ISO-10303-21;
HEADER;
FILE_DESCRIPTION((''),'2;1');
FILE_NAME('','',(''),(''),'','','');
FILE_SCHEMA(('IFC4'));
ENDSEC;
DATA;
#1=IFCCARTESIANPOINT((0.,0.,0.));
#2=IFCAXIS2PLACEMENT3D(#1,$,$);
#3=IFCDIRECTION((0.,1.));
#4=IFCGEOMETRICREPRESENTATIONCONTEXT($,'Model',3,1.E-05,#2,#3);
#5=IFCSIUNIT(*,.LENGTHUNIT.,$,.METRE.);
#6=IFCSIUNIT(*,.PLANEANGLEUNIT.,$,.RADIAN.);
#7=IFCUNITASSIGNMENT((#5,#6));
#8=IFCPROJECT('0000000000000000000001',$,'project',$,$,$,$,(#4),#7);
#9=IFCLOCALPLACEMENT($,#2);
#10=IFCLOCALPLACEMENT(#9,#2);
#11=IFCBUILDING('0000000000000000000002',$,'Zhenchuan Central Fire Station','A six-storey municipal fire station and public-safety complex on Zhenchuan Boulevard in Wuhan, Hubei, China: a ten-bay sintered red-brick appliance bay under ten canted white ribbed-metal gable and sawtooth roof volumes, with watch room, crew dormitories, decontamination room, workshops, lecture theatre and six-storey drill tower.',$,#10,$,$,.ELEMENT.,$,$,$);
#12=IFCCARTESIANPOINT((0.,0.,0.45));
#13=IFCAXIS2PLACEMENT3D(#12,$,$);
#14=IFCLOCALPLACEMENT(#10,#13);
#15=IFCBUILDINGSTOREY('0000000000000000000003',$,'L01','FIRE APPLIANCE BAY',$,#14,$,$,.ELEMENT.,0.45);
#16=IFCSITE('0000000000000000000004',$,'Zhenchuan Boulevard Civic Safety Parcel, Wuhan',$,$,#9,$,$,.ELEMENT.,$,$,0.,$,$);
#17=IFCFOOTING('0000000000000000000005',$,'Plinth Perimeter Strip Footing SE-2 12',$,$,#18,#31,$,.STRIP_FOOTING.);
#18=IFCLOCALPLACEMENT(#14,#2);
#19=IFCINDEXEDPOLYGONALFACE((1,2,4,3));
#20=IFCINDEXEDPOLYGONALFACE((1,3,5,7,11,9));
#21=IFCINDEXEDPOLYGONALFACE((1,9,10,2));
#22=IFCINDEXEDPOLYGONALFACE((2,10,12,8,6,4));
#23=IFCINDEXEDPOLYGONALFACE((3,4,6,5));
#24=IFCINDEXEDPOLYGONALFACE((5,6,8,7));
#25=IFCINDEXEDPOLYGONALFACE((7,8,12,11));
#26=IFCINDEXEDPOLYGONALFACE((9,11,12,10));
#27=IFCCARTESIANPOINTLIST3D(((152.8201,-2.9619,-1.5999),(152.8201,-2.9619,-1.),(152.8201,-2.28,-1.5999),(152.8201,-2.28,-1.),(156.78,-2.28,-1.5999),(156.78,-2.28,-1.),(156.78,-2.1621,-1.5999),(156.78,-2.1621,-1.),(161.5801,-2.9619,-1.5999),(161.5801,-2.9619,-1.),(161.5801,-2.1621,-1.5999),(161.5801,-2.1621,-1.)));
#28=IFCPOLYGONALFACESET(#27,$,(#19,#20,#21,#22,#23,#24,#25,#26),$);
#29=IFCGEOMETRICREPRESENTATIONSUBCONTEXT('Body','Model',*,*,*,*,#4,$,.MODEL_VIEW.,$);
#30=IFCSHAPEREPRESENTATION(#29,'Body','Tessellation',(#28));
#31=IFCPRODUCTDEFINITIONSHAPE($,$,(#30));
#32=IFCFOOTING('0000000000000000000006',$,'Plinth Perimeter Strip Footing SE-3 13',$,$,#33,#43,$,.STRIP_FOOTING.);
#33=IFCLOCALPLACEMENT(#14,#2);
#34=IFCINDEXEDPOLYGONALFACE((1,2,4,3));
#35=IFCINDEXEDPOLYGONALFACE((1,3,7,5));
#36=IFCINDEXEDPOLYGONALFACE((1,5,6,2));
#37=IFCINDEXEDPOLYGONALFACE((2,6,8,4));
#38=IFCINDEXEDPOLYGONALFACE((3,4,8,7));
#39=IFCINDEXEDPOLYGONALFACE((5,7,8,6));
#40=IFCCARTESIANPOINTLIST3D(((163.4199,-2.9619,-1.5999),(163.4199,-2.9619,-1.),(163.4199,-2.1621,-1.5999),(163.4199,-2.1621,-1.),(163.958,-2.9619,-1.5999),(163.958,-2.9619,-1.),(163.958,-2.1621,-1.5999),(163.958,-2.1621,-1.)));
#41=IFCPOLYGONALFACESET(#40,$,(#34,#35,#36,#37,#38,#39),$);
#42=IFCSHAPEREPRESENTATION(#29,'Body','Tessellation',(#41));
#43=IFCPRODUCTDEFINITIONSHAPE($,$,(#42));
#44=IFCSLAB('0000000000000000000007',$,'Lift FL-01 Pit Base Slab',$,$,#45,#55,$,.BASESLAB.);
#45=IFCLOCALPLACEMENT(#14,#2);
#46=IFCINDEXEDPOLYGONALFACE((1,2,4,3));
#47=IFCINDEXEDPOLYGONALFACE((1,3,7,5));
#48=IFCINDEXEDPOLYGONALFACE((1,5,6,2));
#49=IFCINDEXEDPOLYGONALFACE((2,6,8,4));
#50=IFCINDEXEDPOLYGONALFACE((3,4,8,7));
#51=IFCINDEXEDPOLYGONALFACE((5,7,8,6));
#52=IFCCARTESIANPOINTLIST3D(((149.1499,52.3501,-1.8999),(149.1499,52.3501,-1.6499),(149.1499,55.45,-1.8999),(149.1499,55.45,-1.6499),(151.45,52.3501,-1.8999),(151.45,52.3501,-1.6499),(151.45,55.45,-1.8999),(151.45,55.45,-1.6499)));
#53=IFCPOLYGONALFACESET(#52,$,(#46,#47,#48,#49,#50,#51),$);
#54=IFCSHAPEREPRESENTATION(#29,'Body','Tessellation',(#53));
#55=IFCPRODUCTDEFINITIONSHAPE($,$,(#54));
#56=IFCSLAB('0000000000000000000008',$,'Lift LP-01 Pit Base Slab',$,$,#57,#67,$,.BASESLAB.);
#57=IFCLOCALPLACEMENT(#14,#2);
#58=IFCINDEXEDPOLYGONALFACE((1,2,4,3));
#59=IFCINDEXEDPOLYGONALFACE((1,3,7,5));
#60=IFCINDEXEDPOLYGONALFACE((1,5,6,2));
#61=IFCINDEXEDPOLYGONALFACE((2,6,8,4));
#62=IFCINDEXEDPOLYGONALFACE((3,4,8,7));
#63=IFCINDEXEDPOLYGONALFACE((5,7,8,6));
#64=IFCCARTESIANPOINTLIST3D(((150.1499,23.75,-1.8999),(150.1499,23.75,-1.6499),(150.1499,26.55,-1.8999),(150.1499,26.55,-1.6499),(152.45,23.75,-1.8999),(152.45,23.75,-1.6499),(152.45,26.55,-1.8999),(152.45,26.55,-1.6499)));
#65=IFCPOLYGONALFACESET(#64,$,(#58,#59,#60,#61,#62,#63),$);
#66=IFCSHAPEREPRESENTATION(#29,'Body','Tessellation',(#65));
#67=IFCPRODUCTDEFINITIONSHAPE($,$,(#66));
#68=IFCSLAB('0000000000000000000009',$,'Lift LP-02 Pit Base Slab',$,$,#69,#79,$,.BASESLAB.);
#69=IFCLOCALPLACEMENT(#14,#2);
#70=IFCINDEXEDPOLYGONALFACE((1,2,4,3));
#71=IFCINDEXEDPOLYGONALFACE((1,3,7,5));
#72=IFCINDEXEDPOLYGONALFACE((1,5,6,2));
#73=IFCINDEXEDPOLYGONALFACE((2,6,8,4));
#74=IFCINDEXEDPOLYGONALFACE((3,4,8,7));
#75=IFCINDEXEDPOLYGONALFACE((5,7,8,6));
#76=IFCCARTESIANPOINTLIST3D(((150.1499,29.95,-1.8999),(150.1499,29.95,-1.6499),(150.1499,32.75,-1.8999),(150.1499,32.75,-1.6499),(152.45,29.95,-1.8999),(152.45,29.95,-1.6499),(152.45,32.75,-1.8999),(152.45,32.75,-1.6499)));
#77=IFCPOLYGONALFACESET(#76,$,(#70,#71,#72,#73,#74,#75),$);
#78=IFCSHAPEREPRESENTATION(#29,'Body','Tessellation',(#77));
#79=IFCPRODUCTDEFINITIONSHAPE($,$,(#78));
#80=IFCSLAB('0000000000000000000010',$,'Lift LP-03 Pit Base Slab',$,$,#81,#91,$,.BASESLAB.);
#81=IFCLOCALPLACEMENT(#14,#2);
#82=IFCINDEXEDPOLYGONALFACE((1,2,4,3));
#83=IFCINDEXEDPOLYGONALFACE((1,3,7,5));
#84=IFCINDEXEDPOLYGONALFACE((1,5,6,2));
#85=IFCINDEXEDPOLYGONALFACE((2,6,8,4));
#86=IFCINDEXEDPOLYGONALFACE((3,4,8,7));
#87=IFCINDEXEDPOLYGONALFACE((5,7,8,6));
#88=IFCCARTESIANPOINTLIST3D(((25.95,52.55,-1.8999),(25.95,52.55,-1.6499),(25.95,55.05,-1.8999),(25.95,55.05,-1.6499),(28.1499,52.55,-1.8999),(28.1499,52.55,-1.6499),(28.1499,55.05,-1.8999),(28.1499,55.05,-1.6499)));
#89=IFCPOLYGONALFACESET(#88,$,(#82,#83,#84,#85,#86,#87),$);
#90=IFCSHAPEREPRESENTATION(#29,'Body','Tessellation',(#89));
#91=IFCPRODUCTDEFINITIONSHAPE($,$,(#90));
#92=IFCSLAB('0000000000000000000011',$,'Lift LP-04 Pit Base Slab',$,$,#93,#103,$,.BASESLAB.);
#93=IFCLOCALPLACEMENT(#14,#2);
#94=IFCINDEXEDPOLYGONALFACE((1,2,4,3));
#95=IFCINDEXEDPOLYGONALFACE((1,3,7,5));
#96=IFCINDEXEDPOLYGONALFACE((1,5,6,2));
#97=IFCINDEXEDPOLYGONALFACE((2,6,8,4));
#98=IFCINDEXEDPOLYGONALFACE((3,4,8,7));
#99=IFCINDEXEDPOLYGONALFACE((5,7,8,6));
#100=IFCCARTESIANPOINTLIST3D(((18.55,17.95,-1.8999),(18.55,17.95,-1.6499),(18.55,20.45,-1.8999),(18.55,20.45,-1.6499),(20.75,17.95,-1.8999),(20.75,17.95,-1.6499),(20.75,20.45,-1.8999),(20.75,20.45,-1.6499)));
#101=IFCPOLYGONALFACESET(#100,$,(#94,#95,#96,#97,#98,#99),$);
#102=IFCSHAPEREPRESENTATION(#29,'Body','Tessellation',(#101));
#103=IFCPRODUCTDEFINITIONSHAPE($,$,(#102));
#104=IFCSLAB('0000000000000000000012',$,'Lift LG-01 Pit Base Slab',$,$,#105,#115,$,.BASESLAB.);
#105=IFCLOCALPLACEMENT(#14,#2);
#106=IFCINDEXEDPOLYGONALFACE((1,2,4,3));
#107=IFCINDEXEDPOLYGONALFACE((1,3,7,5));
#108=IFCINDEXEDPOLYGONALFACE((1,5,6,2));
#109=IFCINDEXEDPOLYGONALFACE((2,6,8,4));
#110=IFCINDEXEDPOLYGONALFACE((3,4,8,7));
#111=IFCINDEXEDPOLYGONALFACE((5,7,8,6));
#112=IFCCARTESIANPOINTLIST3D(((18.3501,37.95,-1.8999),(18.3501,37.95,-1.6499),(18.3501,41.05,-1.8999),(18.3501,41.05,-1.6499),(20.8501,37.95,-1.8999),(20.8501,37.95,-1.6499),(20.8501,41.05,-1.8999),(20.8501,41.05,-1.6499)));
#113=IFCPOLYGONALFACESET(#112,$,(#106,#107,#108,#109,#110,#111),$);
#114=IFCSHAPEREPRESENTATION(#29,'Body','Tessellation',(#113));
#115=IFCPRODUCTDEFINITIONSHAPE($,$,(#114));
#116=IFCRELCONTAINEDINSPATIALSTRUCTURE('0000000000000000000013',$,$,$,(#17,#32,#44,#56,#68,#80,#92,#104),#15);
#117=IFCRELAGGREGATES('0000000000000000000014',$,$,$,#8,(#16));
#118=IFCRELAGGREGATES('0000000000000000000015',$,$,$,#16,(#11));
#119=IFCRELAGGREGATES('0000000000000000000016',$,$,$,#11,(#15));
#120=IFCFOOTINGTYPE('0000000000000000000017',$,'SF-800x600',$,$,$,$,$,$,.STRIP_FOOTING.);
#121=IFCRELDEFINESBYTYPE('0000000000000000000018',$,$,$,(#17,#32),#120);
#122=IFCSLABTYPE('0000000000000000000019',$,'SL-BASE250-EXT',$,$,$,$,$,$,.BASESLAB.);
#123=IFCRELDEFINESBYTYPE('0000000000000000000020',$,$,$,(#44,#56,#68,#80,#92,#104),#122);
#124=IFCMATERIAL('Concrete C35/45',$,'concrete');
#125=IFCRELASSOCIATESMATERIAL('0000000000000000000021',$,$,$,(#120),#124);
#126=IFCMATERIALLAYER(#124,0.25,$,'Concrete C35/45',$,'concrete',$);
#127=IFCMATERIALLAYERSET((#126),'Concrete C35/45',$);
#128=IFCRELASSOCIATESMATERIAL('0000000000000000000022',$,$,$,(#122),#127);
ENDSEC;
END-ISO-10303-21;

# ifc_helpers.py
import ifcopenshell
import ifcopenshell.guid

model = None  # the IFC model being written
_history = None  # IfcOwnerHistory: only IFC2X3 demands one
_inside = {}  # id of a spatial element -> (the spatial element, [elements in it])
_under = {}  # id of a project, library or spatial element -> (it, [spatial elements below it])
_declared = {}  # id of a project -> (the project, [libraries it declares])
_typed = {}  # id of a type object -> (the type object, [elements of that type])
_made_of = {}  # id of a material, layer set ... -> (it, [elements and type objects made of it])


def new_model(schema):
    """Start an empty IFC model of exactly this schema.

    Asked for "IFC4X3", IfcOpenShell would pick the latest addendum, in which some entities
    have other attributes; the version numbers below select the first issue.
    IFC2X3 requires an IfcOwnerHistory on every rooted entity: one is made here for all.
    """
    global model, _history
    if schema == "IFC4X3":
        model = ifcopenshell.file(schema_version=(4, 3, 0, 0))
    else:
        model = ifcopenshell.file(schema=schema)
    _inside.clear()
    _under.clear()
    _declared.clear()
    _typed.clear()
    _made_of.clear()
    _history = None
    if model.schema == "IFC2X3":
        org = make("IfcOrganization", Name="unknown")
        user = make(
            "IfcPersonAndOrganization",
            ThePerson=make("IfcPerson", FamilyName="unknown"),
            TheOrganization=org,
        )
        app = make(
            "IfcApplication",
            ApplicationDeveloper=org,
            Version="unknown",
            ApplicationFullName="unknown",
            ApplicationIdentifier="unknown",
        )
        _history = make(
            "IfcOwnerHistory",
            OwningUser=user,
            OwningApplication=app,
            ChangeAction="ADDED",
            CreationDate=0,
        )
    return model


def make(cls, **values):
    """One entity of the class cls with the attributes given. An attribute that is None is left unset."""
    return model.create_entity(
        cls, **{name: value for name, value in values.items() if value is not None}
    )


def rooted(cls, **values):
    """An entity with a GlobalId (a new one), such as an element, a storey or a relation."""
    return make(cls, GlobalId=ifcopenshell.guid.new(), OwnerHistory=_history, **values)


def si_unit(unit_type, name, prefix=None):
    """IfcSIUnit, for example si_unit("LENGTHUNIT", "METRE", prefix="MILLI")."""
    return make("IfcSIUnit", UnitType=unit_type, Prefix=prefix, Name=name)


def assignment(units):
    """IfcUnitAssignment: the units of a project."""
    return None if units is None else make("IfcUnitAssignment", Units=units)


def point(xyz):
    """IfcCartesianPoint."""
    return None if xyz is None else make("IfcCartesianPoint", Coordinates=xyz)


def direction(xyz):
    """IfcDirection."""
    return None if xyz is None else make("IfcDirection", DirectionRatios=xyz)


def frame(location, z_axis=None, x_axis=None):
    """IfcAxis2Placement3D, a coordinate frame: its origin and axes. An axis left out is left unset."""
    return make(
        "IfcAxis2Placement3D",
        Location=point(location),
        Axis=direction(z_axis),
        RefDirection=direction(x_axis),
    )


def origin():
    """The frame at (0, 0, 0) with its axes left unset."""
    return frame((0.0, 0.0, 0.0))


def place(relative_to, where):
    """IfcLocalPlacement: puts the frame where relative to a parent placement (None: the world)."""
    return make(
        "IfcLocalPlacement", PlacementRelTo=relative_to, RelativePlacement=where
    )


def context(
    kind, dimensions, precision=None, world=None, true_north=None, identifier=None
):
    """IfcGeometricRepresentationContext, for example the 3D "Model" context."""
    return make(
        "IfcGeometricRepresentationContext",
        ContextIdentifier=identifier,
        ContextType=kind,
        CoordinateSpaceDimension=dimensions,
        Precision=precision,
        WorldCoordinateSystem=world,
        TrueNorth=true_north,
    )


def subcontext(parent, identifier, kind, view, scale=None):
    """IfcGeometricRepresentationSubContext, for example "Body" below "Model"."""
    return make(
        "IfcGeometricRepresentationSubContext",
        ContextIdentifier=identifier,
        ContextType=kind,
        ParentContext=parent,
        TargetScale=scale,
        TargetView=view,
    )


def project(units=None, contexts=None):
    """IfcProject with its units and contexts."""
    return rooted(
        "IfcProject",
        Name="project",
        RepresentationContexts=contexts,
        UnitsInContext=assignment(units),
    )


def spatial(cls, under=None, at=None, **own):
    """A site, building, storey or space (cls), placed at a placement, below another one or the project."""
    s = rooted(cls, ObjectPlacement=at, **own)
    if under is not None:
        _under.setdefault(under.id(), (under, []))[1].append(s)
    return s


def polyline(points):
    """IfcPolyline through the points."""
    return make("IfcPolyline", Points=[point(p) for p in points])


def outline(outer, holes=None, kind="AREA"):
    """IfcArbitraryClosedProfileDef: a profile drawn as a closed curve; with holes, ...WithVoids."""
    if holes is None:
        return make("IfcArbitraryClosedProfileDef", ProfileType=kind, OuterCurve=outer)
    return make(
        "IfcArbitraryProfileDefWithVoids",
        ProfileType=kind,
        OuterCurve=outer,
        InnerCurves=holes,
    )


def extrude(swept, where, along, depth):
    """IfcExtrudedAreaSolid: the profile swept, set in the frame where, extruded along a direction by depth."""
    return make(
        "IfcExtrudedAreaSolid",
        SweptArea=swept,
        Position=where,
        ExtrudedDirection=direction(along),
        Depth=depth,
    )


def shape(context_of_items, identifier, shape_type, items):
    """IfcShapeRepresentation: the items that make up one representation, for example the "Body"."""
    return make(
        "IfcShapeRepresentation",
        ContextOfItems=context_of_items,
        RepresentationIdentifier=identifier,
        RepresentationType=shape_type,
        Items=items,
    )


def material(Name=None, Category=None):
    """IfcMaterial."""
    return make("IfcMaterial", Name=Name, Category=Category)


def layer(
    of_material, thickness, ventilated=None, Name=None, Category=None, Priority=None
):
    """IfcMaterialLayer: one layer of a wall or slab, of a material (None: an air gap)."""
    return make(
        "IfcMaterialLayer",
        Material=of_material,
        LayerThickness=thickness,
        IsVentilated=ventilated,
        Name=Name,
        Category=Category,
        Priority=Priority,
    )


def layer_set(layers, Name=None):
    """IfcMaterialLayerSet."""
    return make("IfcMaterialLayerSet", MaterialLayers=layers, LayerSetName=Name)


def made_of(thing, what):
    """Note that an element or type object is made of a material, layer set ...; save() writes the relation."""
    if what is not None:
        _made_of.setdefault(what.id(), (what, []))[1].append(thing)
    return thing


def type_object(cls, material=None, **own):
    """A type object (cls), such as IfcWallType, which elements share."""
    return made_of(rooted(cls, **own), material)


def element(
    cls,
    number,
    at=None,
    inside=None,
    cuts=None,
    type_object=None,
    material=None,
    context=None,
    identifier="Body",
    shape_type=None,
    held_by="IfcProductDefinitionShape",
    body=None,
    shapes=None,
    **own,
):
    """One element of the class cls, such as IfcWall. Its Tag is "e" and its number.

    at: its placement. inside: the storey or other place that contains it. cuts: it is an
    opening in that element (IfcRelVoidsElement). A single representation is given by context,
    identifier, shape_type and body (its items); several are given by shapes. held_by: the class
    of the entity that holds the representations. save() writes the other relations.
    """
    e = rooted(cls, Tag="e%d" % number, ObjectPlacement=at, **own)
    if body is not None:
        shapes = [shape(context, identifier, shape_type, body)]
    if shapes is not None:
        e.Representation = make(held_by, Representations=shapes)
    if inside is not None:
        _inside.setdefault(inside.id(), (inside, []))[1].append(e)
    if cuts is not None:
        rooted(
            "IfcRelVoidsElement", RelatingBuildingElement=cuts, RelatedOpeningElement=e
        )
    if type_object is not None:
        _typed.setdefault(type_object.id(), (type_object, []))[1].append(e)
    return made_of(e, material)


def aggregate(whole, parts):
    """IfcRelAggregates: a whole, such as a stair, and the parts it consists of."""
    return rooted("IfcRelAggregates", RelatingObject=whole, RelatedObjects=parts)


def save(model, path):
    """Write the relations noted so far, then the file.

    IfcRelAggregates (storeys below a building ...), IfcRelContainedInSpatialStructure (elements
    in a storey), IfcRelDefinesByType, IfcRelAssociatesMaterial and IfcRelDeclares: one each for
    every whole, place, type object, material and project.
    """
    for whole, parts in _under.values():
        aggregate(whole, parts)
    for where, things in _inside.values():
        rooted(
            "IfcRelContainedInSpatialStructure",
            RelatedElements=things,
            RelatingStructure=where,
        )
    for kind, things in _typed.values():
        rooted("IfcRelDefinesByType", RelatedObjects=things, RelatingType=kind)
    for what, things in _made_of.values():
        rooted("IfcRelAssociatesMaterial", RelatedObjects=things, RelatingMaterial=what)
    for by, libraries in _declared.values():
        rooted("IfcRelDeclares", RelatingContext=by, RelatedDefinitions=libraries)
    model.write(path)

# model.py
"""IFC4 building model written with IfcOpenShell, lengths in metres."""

from ifc_helpers import new_model, si_unit, direction, frame, origin, place, context, subcontext, project, spatial, polyline, outline, extrude, material, layer, layer_set, type_object, element, save


model = new_model("IFC4")

# Units and contexts
model_context = context("Model", 3, precision=1e-05, world=origin(), true_north=direction((0.0, 1.0)))
body_context = subcontext(model_context, "Body", "Model", "MODEL_VIEW")
ifc_project = project(units=[si_unit("LENGTHUNIT", "METRE"), si_unit("PLANEANGLEUNIT", "RADIAN")], contexts=[model_context])

# Site, building, storey
site_placement = place(None, origin())
site = spatial("IfcSite", under=ifc_project, at=site_placement, Name="Zhenchuan Boulevard Civic Safety Parcel, Wuhan", CompositionType="ELEMENT", RefElevation=0.0)
building_placement = place(site_placement, origin())
building = spatial("IfcBuilding", under=site, at=building_placement, Name="Zhenchuan Central Fire Station", Description="A six-storey municipal fire station and public-safety complex on Zhenchuan Boulevard in Wuhan, Hubei, China: a ten-bay sintered red-brick appliance bay under ten canted white ribbed-metal gable and sawtooth roof volumes, with watch room, crew dormitories, decontamination room, workshops, lecture theatre and six-storey drill tower.", CompositionType="ELEMENT")
storey_placement = place(building_placement, frame((0.0, 0.0, 0.45)))
storey = spatial("IfcBuildingStorey", under=building, at=storey_placement, Name="L01", Description="FIRE APPLIANCE BAY", CompositionType="ELEMENT", Elevation=0.45)

# Footings
ifc_material = material(Name="Concrete C35/45", Category="concrete")
footing_type_1 = type_object("IfcFootingType", Name="SF-800x600", PredefinedType="STRIP_FOOTING", material=ifc_material)
footing_1_placement = place(storey_placement, frame((0.0, 0.0, -1.5999)))
element("IfcFooting", 1, at=footing_1_placement, inside=storey, type_object=footing_type_1, Name="Plinth Perimeter Strip Footing SE-2 12", PredefinedType="STRIP_FOOTING", context=body_context, shape_type="SweptSolid", body=[
    extrude(outline(polyline([(161.5801, -2.1621), (161.5801, -2.9619), (152.8201, -2.9619), (152.8201, -2.28), (156.78, -2.28), (156.78, -2.1621), (161.5801, -2.1621)])), origin(), (0.0, 0.0, 1.0), 0.5999),
])
footing_2_placement = place(storey_placement, frame((0.0, 0.0, -1.5999)))
element("IfcFooting", 2, at=footing_2_placement, inside=storey, type_object=footing_type_1, Name="Plinth Perimeter Strip Footing SE-3 13", PredefinedType="STRIP_FOOTING", context=body_context, shape_type="SweptSolid", body=[
    extrude(outline(polyline([(163.4199, -2.9619), (163.4199, -2.1621), (163.958, -2.1621), (163.958, -2.9619), (163.4199, -2.9619)])), origin(), (0.0, 0.0, 1.0), 0.5999),
])

# Slabs
ifc_layer = layer(ifc_material, 0.25, Name="Concrete C35/45", Category="concrete")
ifc_layer_set = layer_set([ifc_layer], Name="Concrete C35/45")
slab_type = type_object("IfcSlabType", Name="SL-BASE250-EXT", PredefinedType="BASESLAB", material=ifc_layer_set)
slab_1_placement = place(storey_placement, frame((0.0, 0.0, -1.8999)))
element("IfcSlab", 3, at=slab_1_placement, inside=storey, type_object=slab_type, Name="Lift FL-01 Pit Base Slab", PredefinedType="BASESLAB", context=body_context, shape_type="SweptSolid", body=[
    extrude(outline(polyline([(149.1499, 52.3501), (151.45, 52.3501), (151.45, 55.45), (149.1499, 55.45), (149.1499, 52.3501)])), origin(), (0.0, 0.0, 1.0), 0.25),
])
slab_2_placement = place(storey_placement, frame((0.0, 0.0, -1.8999)))
element("IfcSlab", 4, at=slab_2_placement, inside=storey, type_object=slab_type, Name="Lift LP-01 Pit Base Slab", PredefinedType="BASESLAB", context=body_context, shape_type="SweptSolid", body=[
    extrude(outline(polyline([(150.1499, 23.75), (152.45, 23.75), (152.45, 26.55), (150.1499, 26.55), (150.1499, 23.75)])), origin(), (0.0, 0.0, 1.0), 0.25),
])
slab_3_placement = place(storey_placement, frame((0.0, 0.0, -1.8999)))
element("IfcSlab", 5, at=slab_3_placement, inside=storey, type_object=slab_type, Name="Lift LP-02 Pit Base Slab", PredefinedType="BASESLAB", context=body_context, shape_type="SweptSolid", body=[
    extrude(outline(polyline([(150.1499, 29.95), (152.45, 29.95), (152.45, 32.75), (150.1499, 32.75), (150.1499, 29.95)])), origin(), (0.0, 0.0, 1.0), 0.25),
])
slab_4_placement = place(storey_placement, frame((0.0, 0.0, -1.8999)))
element("IfcSlab", 6, at=slab_4_placement, inside=storey, type_object=slab_type, Name="Lift LP-03 Pit Base Slab", PredefinedType="BASESLAB", context=body_context, shape_type="SweptSolid", body=[
    extrude(outline(polyline([(25.95, 52.55), (28.1499, 52.55), (28.1499, 55.05), (25.95, 55.05), (25.95, 52.55)])), origin(), (0.0, 0.0, 1.0), 0.25),
])
slab_5_placement = place(storey_placement, frame((0.0, 0.0, -1.8999)))
element("IfcSlab", 7, at=slab_5_placement, inside=storey, type_object=slab_type, Name="Lift LP-04 Pit Base Slab", PredefinedType="BASESLAB", context=body_context, shape_type="SweptSolid", body=[
    extrude(outline(polyline([(18.55, 17.95), (20.75, 17.95), (20.75, 20.45), (18.55, 20.45), (18.55, 17.95)])), origin(), (0.0, 0.0, 1.0), 0.25),
])
slab_6_placement = place(storey_placement, frame((0.0, 0.0, -1.8999)))
element("IfcSlab", 8, at=slab_6_placement, inside=storey, type_object=slab_type, Name="Lift LG-01 Pit Base Slab", PredefinedType="BASESLAB", context=body_context, shape_type="SweptSolid", body=[
    extrude(outline(polyline([(18.3501, 37.95), (20.8501, 37.95), (20.8501, 41.05), (18.3501, 41.05), (18.3501, 37.95)])), origin(), (0.0, 0.0, 1.0), 0.25),
])

save(model, "model.ifc")
